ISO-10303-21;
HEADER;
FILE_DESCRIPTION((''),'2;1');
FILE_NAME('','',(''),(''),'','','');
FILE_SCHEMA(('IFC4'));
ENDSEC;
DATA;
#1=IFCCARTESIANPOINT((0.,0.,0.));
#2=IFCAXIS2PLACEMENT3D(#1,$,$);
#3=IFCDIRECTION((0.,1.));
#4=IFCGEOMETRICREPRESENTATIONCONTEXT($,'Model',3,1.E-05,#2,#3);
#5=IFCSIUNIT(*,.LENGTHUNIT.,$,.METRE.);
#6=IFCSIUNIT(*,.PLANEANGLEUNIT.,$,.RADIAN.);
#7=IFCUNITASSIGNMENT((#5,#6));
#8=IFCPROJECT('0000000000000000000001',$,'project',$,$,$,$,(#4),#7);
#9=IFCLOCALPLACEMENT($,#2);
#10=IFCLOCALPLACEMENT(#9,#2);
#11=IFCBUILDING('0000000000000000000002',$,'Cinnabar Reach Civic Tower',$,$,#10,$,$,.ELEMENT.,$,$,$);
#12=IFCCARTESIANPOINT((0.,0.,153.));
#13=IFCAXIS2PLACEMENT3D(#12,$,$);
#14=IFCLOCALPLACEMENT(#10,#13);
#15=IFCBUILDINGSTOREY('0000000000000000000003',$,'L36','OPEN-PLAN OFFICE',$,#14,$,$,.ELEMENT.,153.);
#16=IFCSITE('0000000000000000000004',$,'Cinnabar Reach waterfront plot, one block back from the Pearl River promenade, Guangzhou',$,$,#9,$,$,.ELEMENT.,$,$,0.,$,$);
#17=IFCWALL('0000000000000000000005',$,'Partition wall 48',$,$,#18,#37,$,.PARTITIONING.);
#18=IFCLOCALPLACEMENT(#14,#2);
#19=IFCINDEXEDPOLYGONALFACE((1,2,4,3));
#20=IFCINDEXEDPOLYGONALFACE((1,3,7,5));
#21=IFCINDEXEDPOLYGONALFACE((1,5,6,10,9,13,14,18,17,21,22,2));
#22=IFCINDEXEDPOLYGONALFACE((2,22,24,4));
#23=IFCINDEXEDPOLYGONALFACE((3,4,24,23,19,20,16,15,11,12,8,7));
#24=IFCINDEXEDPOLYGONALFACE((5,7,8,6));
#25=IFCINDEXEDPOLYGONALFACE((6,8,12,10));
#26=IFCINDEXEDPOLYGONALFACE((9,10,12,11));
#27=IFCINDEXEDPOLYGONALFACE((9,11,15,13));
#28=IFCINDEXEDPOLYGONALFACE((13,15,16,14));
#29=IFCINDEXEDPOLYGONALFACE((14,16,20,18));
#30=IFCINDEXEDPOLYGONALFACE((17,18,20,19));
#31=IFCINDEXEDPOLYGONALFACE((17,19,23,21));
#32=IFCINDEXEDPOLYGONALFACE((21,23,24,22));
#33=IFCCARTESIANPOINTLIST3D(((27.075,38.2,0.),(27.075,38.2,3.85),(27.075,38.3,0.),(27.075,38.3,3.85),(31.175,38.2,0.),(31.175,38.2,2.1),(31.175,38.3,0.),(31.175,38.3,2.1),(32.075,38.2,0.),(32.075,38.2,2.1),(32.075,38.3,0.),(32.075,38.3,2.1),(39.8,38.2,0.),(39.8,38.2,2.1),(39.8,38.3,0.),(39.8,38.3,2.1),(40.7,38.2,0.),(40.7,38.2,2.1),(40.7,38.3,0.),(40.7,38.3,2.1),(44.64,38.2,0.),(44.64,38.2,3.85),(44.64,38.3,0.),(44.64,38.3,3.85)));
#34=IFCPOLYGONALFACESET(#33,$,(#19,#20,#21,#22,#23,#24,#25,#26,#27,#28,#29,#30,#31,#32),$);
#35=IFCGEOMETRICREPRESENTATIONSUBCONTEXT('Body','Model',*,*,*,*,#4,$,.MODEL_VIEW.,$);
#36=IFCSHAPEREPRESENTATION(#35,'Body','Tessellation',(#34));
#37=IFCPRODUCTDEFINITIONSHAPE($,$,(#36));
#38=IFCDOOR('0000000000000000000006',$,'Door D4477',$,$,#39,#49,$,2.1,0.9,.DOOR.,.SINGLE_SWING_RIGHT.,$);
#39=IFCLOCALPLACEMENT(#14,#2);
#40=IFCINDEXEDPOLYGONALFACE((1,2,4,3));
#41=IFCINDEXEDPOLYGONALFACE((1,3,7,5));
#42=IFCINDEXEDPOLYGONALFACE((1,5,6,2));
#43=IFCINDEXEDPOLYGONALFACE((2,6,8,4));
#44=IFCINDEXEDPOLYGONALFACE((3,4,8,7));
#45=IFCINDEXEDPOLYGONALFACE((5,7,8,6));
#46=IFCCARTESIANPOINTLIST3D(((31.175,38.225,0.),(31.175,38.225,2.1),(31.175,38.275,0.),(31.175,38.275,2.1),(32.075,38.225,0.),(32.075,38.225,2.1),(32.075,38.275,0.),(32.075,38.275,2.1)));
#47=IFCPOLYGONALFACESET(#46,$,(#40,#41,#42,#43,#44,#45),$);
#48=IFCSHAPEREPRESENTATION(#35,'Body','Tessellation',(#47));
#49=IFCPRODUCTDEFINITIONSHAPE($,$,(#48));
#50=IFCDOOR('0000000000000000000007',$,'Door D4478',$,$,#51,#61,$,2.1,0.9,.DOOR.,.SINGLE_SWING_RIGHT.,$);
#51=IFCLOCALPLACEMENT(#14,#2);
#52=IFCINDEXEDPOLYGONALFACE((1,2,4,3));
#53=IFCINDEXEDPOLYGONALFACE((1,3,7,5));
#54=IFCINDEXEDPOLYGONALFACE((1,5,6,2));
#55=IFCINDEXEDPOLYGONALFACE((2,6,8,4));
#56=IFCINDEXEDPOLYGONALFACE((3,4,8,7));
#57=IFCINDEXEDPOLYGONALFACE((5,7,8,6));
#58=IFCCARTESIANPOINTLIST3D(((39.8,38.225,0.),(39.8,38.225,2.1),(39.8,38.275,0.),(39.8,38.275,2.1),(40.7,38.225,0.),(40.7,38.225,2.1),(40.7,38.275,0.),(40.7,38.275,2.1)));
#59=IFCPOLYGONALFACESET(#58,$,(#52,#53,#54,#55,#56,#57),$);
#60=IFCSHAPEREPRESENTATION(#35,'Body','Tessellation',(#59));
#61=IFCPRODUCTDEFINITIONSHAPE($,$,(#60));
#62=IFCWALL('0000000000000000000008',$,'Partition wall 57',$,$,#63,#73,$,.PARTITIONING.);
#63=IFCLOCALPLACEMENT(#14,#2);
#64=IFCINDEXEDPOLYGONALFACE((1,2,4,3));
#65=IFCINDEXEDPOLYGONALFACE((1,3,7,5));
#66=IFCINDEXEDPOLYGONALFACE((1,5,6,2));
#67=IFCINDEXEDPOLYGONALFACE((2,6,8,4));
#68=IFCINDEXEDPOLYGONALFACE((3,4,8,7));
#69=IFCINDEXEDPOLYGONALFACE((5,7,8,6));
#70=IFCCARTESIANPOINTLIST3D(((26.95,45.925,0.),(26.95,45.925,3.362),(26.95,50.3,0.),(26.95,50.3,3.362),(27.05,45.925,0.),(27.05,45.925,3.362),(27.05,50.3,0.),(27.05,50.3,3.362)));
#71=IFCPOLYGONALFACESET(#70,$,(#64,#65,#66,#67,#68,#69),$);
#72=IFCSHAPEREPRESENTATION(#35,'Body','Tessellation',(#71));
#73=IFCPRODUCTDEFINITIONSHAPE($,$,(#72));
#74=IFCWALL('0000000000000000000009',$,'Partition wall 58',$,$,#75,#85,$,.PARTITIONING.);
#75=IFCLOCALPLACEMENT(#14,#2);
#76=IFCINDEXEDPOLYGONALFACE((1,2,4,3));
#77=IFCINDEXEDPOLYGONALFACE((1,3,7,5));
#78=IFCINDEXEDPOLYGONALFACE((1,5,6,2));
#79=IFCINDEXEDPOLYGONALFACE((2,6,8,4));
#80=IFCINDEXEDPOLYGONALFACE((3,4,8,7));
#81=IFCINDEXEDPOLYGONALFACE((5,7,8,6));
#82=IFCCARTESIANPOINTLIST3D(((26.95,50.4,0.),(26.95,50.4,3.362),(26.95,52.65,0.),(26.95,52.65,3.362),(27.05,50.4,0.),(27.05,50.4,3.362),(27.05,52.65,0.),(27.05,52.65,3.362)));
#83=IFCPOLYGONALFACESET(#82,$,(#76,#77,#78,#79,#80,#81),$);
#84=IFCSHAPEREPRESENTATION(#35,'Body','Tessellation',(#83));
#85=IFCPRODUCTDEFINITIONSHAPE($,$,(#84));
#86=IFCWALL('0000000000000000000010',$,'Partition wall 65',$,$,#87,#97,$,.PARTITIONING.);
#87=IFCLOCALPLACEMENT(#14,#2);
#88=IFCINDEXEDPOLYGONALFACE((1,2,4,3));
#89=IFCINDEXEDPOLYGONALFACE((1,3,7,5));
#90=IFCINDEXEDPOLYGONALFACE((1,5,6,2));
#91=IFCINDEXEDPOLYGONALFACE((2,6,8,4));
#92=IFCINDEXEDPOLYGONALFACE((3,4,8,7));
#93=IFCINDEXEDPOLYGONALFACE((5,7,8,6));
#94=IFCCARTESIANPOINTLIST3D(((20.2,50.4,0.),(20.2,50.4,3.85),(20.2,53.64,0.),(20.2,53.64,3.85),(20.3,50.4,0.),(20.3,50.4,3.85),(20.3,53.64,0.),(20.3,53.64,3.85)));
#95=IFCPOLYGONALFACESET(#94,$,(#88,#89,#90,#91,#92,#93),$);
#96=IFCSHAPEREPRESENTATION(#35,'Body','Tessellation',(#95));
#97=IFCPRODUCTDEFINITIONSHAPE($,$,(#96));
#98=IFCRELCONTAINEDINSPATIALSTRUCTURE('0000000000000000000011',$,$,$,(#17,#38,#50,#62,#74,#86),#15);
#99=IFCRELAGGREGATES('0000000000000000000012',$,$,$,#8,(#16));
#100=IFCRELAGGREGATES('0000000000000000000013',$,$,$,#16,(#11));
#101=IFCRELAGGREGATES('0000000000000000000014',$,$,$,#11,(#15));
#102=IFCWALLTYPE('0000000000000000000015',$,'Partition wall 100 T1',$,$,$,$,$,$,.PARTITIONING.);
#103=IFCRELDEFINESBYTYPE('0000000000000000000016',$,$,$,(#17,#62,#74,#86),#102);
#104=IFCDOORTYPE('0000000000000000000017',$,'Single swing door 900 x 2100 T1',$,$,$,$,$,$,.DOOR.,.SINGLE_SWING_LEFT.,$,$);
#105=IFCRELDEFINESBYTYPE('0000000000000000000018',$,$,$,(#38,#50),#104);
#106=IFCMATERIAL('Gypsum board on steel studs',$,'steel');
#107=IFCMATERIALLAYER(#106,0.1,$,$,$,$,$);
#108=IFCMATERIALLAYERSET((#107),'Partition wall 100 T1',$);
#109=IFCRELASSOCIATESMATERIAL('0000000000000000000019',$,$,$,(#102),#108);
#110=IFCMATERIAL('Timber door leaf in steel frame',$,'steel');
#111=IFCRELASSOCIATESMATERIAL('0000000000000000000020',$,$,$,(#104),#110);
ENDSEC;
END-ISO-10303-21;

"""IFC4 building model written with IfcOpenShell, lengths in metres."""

from ifc_helpers import new_model, si_unit, direction, frame, frame_2d, origin, place, context, subcontext, project, spatial, rectangle, extrude, material, layer, layer_set, type_object, element, fill, save


model = new_model("IFC4")

# Units and contexts
model_context = context("Model", 3, precision=1e-05, world=origin(), true_north=direction((0.0, 1.0)))
body_context = subcontext(model_context, "Body", "Model", "MODEL_VIEW")
ifc_project = project(units=[si_unit("LENGTHUNIT", "METRE"), si_unit("PLANEANGLEUNIT", "RADIAN")], contexts=[model_context])

# Site, building, storey
site_placement = place(None, origin())
site = spatial("IfcSite", under=ifc_project, at=site_placement, Name="Cinnabar Reach waterfront plot, one block back from the Pearl River promenade, Guangzhou", CompositionType="ELEMENT", RefElevation=0.0)
building_placement = place(site_placement, origin())
building = spatial("IfcBuilding", under=site, at=building_placement, Name="Cinnabar Reach Civic Tower", CompositionType="ELEMENT")
storey_placement = place(building_placement, frame((0.0, 0.0, 153.0)))
storey = spatial("IfcBuildingStorey", under=building, at=storey_placement, Name="L36", Description="OPEN-PLAN OFFICE", CompositionType="ELEMENT", Elevation=153.0)

# Shared definitions
ifc_material_1 = material(Name="Timber door leaf in steel frame", Category="steel")

# Wall, openings, doors
ifc_material_2 = material(Name="Gypsum board on steel studs", Category="steel")
ifc_layer_1 = layer(ifc_material_2, 0.1)
ifc_layer_set_1 = layer_set([ifc_layer_1], Name="Partition wall 100 T1")
wall_type_1 = type_object("IfcWallType", Name="Partition wall 100 T1", PredefinedType="PARTITIONING", material=ifc_layer_set_1)
wall_1_placement = place(storey_placement, frame((27.075, 38.25, 0.0), z_axis=(0.0, 0.0, 1.0), x_axis=(1.0, 0.0, 0.0)))
wall_1 = element("IfcWall", 1, at=wall_1_placement, inside=storey, type_object=wall_type_1, Name="Partition wall 48", PredefinedType="PARTITIONING", context=body_context, shape_type="SweptSolid", body=[
    extrude(rectangle(XDim=17.565, YDim=0.1, at=frame_2d((8.7825, 0.0))), origin(), (0.0, 0.0, 1.0), 3.85),
])
opening_1_placement = place(wall_1_placement, frame((4.1, 0.0, 0.0)))
opening_1 = element("IfcOpeningElement", 2, at=opening_1_placement, cuts=wall_1, PredefinedType="OPENING", context=body_context, shape_type="SweptSolid", body=[
    extrude(rectangle(XDim=0.9, YDim=2.1, at=frame_2d((0.45, 1.05))), frame((0.0, 0.06, 0.0), z_axis=(0.0, -1.0, 0.0), x_axis=(1.0, 0.0, 0.0)), (0.0, 0.0, 1.0), 0.12),
])
opening_2_placement = place(wall_1_placement, frame((12.725, 0.0, 0.0)))
opening_2 = element("IfcOpeningElement", 3, at=opening_2_placement, cuts=wall_1, PredefinedType="OPENING", context=body_context, shape_type="SweptSolid", body=[
    extrude(rectangle(XDim=0.9, YDim=2.1, at=frame_2d((0.45, 1.05))), frame((0.0, 0.06, 0.0), z_axis=(0.0, -1.0, 0.0), x_axis=(1.0, 0.0, 0.0)), (0.0, 0.0, 1.0), 0.12),
])
door_type_1 = type_object("IfcDoorType", Name="Single swing door 900 x 2100 T1", OperationType="SINGLE_SWING_LEFT", PredefinedType="DOOR", material=ifc_material_1)
door_1_placement = place(opening_1_placement, origin())
door_1 = element("IfcDoor", 4, at=door_1_placement, inside=storey, type_object=door_type_1, Name="Door D4477", OperationType="SINGLE_SWING_RIGHT", OverallHeight=2.1, OverallWidth=0.9, PredefinedType="DOOR", context=body_context, shape_type="SweptSolid", body=[
    extrude(rectangle(XDim=0.9, YDim=2.1, at=frame_2d((0.45, 1.05))), frame((0.0, 0.025, 0.0), z_axis=(0.0, -1.0, 0.0), x_axis=(1.0, 0.0, 0.0)), (0.0, 0.0, 1.0), 0.05),
])
fill(opening_1, door_1)
door_2_placement = place(opening_2_placement, origin())
door_2 = element("IfcDoor", 5, at=door_2_placement, inside=storey, type_object=door_type_1, Name="Door D4478", OperationType="SINGLE_SWING_RIGHT", OverallHeight=2.1, OverallWidth=0.9, PredefinedType="DOOR", context=body_context, shape_type="SweptSolid", body=[
    extrude(rectangle(XDim=0.9, YDim=2.1, at=frame_2d((0.45, 1.05))), frame((0.0, 0.025, 0.0), z_axis=(0.0, -1.0, 0.0), x_axis=(1.0, 0.0, 0.0)), (0.0, 0.0, 1.0), 0.05),
])
fill(opening_2, door_2)

# Walls
wall_2_placement = place(storey_placement, frame((27.0, 45.925, 0.0), z_axis=(0.0, 0.0, 1.0), x_axis=(0.0, 1.0, 0.0)))
element("IfcWall", 6, at=wall_2_placement, inside=storey, type_object=wall_type_1, Name="Partition wall 57", PredefinedType="PARTITIONING", context=body_context, shape_type="SweptSolid", body=[
    extrude(rectangle(XDim=4.375, YDim=0.1, at=frame_2d((2.1875, 0.0))), origin(), (0.0, 0.0, 1.0), 3.362),
])
wall_3_placement = place(storey_placement, frame((27.0, 50.4, 0.0), z_axis=(0.0, 0.0, 1.0), x_axis=(0.0, 1.0, 0.0)))
element("IfcWall", 7, at=wall_3_placement, inside=storey, type_object=wall_type_1, Name="Partition wall 58", PredefinedType="PARTITIONING", context=body_context, shape_type="SweptSolid", body=[
    extrude(rectangle(XDim=2.25, YDim=0.1, at=frame_2d((1.125, 0.0))), origin(), (0.0, 0.0, 1.0), 3.362),
])
wall_4_placement = place(storey_placement, frame((20.25, 50.4, 0.0), z_axis=(0.0, 0.0, 1.0), x_axis=(0.0, 1.0, 0.0)))
element("IfcWall", 8, at=wall_4_placement, inside=storey, type_object=wall_type_1, Name="Partition wall 65", PredefinedType="PARTITIONING", context=body_context, shape_type="SweptSolid", body=[
    extrude(rectangle(XDim=3.24, YDim=0.1, at=frame_2d((1.62, 0.0))), origin(), (0.0, 0.0, 1.0), 3.85),
])

save(model, "model.ifc")
